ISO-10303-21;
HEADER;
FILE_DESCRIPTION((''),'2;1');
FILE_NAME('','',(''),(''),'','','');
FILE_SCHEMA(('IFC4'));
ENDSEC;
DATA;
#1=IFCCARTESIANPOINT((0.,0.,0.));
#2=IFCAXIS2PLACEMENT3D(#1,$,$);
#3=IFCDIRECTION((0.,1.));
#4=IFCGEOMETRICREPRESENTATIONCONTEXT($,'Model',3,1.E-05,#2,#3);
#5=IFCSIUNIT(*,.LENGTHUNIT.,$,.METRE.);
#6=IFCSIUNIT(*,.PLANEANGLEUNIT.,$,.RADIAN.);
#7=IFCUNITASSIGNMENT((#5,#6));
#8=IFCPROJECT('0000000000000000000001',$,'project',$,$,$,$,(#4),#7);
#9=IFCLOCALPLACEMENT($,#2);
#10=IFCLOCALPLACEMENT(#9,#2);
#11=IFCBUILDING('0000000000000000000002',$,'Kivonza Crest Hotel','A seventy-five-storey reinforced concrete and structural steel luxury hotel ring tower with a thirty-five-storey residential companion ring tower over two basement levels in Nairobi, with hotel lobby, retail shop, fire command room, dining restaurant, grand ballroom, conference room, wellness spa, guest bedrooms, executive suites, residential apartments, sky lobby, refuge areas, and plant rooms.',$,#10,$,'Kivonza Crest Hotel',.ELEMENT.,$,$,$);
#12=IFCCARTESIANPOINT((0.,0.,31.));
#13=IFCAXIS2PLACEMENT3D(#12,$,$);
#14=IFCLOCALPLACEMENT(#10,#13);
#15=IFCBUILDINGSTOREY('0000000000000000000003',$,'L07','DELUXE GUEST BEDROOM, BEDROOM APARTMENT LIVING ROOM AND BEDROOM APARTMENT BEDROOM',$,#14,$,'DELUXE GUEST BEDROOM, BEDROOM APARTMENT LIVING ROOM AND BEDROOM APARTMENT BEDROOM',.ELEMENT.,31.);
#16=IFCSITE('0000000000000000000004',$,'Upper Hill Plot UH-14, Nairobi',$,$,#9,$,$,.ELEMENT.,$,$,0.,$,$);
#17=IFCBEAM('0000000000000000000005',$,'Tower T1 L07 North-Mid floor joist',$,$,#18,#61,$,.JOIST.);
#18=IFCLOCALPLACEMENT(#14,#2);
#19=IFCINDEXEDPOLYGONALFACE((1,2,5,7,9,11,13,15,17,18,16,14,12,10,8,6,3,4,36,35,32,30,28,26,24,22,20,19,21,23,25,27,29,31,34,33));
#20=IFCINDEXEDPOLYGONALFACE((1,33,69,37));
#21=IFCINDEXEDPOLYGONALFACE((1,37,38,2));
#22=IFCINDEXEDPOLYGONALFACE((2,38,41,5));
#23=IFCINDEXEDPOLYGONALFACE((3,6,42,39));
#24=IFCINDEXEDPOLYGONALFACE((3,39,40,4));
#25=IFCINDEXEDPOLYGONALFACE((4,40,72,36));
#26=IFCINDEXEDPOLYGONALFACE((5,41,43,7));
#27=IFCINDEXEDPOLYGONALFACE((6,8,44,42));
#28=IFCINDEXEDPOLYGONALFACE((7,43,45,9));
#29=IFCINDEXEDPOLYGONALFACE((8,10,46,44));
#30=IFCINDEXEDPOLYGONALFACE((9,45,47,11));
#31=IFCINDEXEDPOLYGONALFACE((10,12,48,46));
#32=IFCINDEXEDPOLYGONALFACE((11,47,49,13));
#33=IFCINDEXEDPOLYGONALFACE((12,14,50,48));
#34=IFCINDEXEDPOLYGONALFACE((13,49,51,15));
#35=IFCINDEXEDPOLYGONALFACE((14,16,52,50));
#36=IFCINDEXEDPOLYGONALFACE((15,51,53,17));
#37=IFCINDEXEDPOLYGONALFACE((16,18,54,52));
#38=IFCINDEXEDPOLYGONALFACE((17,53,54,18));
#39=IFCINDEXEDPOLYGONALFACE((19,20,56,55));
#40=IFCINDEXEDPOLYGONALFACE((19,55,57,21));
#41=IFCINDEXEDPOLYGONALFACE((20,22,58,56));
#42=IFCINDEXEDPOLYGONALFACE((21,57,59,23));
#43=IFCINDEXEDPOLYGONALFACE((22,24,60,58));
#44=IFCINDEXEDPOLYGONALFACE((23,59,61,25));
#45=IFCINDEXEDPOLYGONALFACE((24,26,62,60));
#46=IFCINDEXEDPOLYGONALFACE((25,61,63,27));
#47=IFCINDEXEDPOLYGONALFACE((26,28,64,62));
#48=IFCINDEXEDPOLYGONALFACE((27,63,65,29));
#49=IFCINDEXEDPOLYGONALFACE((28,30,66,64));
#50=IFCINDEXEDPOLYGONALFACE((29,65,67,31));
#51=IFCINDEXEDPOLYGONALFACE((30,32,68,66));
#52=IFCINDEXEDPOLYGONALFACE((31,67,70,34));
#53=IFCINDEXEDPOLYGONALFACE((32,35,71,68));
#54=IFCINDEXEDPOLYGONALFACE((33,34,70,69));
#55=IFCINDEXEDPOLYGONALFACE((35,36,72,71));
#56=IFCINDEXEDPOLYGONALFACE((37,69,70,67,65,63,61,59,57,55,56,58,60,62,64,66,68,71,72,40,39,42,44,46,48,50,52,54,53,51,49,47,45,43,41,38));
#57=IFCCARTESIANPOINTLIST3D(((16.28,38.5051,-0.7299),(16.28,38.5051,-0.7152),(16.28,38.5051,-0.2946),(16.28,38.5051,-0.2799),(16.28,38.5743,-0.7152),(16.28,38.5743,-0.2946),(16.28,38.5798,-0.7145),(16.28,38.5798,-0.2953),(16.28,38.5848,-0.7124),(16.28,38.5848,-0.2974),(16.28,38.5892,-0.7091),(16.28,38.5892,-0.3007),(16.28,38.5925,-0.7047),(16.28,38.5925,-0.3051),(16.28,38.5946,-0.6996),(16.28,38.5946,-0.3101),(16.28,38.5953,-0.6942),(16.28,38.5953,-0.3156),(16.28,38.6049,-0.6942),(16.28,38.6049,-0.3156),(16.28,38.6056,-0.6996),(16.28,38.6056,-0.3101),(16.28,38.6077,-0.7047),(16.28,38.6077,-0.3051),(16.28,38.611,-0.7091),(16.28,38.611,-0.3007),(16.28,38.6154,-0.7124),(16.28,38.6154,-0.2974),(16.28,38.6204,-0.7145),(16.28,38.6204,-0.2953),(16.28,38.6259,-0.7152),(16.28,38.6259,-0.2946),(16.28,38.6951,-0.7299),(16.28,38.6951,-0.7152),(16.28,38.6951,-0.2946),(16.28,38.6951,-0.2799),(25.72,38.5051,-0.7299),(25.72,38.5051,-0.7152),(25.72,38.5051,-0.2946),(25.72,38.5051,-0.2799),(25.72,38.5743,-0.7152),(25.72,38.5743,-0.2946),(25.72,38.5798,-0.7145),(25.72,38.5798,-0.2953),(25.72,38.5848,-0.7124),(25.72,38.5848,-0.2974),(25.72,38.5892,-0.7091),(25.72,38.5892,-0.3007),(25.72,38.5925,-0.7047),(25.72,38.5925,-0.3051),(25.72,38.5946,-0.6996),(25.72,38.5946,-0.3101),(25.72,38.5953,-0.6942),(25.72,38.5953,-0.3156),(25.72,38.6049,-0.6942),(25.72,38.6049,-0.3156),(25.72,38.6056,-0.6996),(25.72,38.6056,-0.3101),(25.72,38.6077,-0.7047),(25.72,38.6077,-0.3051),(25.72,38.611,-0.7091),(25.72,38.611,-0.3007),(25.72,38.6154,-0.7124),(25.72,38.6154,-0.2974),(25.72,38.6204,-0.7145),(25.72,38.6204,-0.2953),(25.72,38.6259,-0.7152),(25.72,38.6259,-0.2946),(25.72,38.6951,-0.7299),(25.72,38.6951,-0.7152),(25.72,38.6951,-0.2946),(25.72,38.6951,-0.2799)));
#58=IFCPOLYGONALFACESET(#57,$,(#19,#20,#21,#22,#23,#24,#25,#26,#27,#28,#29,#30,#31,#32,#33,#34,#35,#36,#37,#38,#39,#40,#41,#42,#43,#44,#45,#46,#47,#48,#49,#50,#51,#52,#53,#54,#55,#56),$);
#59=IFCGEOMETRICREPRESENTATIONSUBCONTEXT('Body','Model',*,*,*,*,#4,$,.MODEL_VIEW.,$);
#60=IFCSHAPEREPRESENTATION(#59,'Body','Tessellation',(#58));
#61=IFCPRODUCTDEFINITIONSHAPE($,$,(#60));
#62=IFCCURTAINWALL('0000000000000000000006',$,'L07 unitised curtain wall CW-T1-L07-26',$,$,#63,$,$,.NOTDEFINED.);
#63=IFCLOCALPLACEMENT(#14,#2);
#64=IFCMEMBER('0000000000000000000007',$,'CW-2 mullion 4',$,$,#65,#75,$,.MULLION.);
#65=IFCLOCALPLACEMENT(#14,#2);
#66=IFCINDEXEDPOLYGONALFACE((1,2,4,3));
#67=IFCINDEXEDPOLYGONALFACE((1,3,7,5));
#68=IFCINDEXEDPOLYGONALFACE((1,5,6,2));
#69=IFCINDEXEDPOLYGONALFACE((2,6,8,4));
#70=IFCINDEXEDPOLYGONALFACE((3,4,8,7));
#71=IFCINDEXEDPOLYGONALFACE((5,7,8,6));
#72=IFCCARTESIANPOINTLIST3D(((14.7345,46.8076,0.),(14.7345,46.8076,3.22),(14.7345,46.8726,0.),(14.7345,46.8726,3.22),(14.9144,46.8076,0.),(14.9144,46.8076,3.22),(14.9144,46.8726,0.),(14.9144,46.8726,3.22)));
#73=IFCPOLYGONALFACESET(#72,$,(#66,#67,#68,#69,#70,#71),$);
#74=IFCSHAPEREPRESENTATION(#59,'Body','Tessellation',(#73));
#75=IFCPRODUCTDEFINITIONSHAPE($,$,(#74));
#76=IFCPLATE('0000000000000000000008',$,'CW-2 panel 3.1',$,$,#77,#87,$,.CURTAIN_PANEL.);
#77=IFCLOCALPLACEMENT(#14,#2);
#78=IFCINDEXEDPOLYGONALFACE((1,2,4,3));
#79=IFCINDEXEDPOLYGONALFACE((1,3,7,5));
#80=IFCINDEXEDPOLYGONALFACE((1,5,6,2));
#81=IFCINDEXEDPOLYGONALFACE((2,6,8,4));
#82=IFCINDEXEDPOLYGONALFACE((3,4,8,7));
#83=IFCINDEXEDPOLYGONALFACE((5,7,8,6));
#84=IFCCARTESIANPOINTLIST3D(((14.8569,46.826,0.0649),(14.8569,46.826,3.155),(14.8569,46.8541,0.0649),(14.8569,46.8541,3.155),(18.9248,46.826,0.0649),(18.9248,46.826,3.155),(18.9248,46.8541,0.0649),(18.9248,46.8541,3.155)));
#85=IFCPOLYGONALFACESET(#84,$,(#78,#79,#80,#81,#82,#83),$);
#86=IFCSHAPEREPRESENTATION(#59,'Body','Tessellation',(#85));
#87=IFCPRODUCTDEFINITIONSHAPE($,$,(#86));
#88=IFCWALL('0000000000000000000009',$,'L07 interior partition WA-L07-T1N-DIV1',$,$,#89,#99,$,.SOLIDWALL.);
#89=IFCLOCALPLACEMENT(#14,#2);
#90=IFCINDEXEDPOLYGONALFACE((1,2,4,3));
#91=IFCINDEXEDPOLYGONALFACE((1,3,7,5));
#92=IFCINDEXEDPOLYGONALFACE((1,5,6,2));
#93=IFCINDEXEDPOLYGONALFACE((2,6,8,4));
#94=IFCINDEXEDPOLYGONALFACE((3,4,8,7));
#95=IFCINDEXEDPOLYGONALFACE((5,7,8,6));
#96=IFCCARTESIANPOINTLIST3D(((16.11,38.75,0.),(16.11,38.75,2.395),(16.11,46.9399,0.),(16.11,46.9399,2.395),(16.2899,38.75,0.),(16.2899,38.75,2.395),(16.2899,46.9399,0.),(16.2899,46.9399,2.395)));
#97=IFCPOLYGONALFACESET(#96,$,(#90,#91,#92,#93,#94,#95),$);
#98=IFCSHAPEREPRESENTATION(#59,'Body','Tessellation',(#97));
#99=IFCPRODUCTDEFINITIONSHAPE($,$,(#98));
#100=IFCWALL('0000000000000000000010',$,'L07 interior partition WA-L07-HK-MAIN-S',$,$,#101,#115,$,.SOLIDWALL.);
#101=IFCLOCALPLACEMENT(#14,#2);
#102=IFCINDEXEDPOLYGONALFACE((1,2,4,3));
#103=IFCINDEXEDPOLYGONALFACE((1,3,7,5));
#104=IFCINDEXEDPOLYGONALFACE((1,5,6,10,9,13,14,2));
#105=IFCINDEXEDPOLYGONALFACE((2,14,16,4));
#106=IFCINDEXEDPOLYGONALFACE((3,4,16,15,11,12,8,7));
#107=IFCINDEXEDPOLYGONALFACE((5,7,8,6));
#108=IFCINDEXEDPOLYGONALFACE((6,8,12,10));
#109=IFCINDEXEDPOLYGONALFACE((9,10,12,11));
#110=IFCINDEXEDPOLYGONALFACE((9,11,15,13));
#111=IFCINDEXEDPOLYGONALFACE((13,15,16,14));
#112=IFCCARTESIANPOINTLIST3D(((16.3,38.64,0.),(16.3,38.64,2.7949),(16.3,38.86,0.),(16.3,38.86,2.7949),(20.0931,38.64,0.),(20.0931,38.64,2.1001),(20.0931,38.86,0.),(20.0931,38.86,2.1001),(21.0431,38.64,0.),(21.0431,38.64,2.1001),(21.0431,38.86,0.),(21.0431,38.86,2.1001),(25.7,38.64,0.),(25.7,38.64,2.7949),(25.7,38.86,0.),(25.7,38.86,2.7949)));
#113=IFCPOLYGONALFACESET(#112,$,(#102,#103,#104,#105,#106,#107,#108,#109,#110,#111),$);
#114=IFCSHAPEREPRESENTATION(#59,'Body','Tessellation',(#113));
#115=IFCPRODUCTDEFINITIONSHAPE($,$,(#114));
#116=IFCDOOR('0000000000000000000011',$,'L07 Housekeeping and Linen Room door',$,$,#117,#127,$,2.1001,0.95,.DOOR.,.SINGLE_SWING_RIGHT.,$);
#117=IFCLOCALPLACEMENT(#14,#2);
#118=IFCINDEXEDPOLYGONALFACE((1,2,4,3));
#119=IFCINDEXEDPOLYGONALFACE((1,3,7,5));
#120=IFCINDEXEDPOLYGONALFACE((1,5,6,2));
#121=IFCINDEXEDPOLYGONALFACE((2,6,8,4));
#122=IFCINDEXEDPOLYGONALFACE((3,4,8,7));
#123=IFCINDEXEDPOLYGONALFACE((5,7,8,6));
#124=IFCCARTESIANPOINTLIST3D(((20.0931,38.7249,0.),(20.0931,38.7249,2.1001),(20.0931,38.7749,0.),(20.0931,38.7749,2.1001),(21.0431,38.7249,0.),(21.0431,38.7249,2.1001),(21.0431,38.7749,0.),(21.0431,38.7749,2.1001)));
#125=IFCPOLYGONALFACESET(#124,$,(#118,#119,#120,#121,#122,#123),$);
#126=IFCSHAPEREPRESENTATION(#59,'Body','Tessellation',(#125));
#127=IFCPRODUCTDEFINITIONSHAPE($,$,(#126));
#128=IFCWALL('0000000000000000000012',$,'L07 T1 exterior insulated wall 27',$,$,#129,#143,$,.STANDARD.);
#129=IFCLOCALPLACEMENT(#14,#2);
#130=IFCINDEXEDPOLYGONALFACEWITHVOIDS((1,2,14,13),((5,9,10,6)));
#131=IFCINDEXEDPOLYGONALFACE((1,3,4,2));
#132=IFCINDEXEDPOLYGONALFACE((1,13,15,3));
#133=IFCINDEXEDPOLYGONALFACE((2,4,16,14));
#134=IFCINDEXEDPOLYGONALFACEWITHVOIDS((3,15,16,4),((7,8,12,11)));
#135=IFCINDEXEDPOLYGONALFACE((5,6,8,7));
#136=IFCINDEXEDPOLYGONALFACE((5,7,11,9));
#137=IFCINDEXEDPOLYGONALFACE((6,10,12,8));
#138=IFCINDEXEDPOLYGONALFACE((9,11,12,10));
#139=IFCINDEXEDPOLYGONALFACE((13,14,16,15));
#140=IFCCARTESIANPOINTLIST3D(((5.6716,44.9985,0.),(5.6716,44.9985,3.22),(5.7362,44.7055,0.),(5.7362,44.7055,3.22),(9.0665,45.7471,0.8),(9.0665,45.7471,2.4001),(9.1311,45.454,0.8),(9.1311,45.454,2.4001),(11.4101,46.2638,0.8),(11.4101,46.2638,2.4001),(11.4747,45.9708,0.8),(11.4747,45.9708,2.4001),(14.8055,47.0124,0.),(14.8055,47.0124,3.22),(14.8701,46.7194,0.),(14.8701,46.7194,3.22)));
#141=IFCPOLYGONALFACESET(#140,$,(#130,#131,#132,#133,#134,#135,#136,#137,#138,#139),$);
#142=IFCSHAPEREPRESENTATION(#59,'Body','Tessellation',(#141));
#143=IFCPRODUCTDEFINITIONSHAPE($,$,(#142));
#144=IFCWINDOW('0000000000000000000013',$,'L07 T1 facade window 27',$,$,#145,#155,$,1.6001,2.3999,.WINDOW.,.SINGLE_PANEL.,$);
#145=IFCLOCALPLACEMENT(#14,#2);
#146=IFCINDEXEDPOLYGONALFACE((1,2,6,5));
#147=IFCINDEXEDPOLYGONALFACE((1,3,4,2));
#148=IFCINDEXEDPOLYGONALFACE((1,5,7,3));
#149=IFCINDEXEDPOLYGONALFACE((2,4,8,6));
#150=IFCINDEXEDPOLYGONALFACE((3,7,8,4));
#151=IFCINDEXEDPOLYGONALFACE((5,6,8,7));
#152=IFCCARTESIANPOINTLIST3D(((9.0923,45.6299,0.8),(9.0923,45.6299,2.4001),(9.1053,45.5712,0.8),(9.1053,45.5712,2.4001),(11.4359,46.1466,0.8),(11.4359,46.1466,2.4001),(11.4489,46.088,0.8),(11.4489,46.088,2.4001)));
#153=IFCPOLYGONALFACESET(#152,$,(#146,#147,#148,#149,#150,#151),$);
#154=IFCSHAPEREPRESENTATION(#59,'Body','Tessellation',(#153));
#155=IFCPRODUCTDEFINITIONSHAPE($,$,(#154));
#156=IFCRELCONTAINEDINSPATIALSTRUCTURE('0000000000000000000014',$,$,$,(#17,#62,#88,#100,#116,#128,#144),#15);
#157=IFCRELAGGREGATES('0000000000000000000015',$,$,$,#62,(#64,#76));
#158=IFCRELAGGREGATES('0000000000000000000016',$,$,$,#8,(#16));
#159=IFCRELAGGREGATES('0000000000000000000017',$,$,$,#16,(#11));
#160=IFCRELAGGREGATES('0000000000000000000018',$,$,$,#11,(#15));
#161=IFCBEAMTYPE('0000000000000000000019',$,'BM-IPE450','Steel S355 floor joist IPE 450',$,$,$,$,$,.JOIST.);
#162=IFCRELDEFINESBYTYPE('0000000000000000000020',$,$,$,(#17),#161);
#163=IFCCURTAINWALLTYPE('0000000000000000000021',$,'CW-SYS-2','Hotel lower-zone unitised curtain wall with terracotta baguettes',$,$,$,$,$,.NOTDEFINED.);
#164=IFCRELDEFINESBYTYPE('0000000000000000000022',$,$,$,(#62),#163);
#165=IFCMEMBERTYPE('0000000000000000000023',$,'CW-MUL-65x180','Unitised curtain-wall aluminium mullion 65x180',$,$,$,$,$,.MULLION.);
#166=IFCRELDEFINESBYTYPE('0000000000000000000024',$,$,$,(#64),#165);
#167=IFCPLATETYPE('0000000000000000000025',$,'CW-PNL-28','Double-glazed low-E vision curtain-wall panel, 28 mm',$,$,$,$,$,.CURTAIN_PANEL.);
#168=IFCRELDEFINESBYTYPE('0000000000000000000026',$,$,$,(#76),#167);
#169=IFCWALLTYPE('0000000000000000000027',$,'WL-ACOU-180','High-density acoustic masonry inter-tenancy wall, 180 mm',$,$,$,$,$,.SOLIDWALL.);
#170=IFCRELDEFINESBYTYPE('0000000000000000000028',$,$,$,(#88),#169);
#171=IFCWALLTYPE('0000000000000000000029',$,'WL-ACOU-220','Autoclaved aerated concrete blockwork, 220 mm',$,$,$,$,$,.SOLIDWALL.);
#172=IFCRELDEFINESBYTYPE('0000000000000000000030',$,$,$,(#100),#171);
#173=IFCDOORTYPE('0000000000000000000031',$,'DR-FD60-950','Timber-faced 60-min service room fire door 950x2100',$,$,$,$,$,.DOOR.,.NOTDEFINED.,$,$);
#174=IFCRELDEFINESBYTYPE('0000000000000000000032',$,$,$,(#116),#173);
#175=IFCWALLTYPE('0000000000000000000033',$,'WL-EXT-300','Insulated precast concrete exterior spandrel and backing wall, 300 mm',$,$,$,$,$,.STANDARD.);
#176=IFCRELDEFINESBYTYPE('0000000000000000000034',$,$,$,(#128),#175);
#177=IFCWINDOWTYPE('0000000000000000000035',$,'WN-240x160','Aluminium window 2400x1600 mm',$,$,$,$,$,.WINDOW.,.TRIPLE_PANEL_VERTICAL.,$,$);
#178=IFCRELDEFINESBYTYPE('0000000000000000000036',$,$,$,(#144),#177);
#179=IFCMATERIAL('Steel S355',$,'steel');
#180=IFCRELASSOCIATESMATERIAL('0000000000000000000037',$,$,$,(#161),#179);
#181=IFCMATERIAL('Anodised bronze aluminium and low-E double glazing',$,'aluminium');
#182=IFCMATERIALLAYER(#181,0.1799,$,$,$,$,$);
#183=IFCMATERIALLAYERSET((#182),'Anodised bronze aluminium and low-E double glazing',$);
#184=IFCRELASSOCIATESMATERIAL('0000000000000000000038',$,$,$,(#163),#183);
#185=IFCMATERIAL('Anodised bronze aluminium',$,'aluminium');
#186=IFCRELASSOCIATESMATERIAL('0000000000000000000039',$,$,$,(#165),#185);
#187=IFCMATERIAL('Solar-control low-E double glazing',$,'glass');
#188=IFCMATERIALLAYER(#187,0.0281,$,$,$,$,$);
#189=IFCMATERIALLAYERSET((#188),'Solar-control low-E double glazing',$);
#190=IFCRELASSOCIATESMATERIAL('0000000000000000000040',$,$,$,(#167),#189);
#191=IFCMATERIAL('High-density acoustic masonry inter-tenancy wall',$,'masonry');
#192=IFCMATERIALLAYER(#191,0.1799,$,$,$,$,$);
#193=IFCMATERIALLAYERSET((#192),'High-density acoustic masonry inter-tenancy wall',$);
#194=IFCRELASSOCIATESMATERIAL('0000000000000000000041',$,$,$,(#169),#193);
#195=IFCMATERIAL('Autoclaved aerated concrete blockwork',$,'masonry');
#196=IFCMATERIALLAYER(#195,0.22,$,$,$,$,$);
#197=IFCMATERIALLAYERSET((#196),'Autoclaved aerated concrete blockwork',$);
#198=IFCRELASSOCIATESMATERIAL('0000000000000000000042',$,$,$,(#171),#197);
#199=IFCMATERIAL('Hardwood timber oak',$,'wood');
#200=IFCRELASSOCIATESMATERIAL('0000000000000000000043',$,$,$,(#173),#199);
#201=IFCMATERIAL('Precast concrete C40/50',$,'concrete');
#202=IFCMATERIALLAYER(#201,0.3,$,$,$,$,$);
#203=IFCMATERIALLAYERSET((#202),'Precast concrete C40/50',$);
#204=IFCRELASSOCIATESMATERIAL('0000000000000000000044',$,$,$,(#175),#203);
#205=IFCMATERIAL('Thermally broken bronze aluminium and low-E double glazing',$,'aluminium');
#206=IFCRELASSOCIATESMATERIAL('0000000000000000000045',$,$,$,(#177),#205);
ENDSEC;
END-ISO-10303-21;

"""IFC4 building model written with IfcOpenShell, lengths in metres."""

from ifc_helpers import new_model, si_unit, direction, frame, frame_2d, origin, origin_2d, place, context, subcontext, project, spatial, rectangle, i_section, extrude, material, layer, layer_set, material_profile, profile_set, type_object, element, fill, aggregate, save


model = new_model("IFC4")

# Units and contexts
model_context = context("Model", 3, precision=1e-05, world=origin(), true_north=direction((0.0, 1.0)))
body_context = subcontext(model_context, "Body", "Model", "MODEL_VIEW")
ifc_project = project(units=[si_unit("LENGTHUNIT", "METRE"), si_unit("PLANEANGLEUNIT", "RADIAN")], contexts=[model_context])

# Site, building, storey
site_placement = place(None, origin())
site = spatial("IfcSite", under=ifc_project, at=site_placement, Name="Upper Hill Plot UH-14, Nairobi", CompositionType="ELEMENT", RefElevation=0.0)
building_placement = place(site_placement, origin())
building = spatial("IfcBuilding", under=site, at=building_placement, Name="Kivonza Crest Hotel", Description="A seventy-five-storey reinforced concrete and structural steel luxury hotel ring tower with a thirty-five-storey residential companion ring tower over two basement levels in Nairobi, with hotel lobby, retail shop, fire command room, dining restaurant, grand ballroom, conference room, wellness spa, guest bedrooms, executive suites, residential apartments, sky lobby, refuge areas, and plant rooms.", LongName="Kivonza Crest Hotel", CompositionType="ELEMENT")
storey_placement = place(building_placement, frame((0.0, 0.0, 31.0)))
storey = spatial("IfcBuildingStorey", under=building, at=storey_placement, Name="L07", Description="DELUXE GUEST BEDROOM, BEDROOM APARTMENT LIVING ROOM AND BEDROOM APARTMENT BEDROOM", LongName="DELUXE GUEST BEDROOM, BEDROOM APARTMENT LIVING ROOM AND BEDROOM APARTMENT BEDROOM", CompositionType="ELEMENT", Elevation=31.0)

# Beam
ifc_material_1 = material(Name="Steel S355", Category="steel")
ifc_material_profile_1 = material_profile(ifc_material_1, i_section(OverallWidth=0.1899, OverallDepth=0.45, WebThickness=0.0095, FlangeThickness=0.0146, FilletRadius=0.021, at=origin_2d()), Name="IPE 450")
ifc_profile_set_1 = profile_set([ifc_material_profile_1], Name="Steel S355")
beam_type_1 = type_object("IfcBeamType", Name="BM-IPE450", Description="Steel S355 floor joist IPE 450", PredefinedType="JOIST", material=ifc_profile_set_1)
beam_1_placement = place(storey_placement, frame((16.28, 38.6001, -0.5049), z_axis=(1.0, 0.0, 0.0), x_axis=(0.0, 1.0, 0.0)))
element("IfcBeam", 1, at=beam_1_placement, inside=storey, type_object=beam_type_1, Name="Tower T1 L07 North-Mid floor joist", PredefinedType="JOIST", context=body_context, shape_type="SweptSolid", body=[
    extrude(i_section(OverallWidth=0.1899, OverallDepth=0.45, WebThickness=0.0095, FlangeThickness=0.0146, FilletRadius=0.021, at=origin_2d()), origin(), (0.0, 0.0, 1.0), 9.4399),
])

# Curtain wall, member, plate
ifc_material_2 = material(Name="Anodised bronze aluminium and low-E double glazing", Category="aluminium")
ifc_layer_1 = layer(ifc_material_2, 0.1799)
ifc_layer_set_1 = layer_set([ifc_layer_1], Name="Anodised bronze aluminium and low-E double glazing")
curtain_wall_type = type_object("IfcCurtainWallType", Name="CW-SYS-2", Description="Hotel lower-zone unitised curtain wall with terracotta baguettes", PredefinedType="NOTDEFINED", material=ifc_layer_set_1)
curtain_wall_placement = place(storey_placement, origin())
curtain_wall = element("IfcCurtainWall", 2, at=curtain_wall_placement, inside=storey, type_object=curtain_wall_type, Name="L07 unitised curtain wall CW-T1-L07-26", PredefinedType="NOTDEFINED")
ifc_material_3 = material(Name="Anodised bronze aluminium", Category="aluminium")
ifc_material_profile_2 = material_profile(ifc_material_3, rectangle(XDim=0.0649, YDim=0.1799, at=origin_2d()), Name="CW-M 65x180")
ifc_profile_set_2 = profile_set([ifc_material_profile_2], Name="Anodised bronze aluminium")
member_type = type_object("IfcMemberType", Name="CW-MUL-65x180", Description="Unitised curtain-wall aluminium mullion 65x180", PredefinedType="MULLION", material=ifc_profile_set_2)
member_placement = place(storey_placement, frame((14.8245, 46.8401, 0.0), z_axis=(0.0, 0.0, 1.0), x_axis=(0.0, -1.0, 0.0)))
member = element("IfcMember", 3, at=member_placement, type_object=member_type, Name="CW-2 mullion 4", PredefinedType="MULLION", context=body_context, shape_type="SweptSolid", body=[
    extrude(rectangle(XDim=0.0649, YDim=0.1799, at=origin_2d()), origin(), (0.0, 0.0, 1.0), 3.22),
])
ifc_material_4 = material(Name="Solar-control low-E double glazing", Category="glass")
ifc_layer_2 = layer(ifc_material_4, 0.0281)
ifc_layer_set_2 = layer_set([ifc_layer_2], Name="Solar-control low-E double glazing")
plate_type = type_object("IfcPlateType", Name="CW-PNL-28", Description="Double-glazed low-E vision curtain-wall panel, 28 mm", PredefinedType="CURTAIN_PANEL", material=ifc_layer_set_2)
plate_placement = place(storey_placement, frame((16.8909, 46.8401, 0.0649), z_axis=(0.0, 0.0, 1.0), x_axis=(-1.0, 0.0, 0.0)))
plate = element("IfcPlate", 4, at=plate_placement, type_object=plate_type, Name="CW-2 panel 3.1", PredefinedType="CURTAIN_PANEL", context=body_context, shape_type="SweptSolid", body=[
    extrude(rectangle(XDim=4.0679, YDim=0.0281, at=origin_2d()), origin(), (0.0, 0.0, 1.0), 3.0901),
])
aggregate(curtain_wall, [member, plate])

# Wall
ifc_material_5 = material(Name="High-density acoustic masonry inter-tenancy wall", Category="masonry")
ifc_layer_3 = layer(ifc_material_5, 0.1799)
ifc_layer_set_3 = layer_set([ifc_layer_3], Name="High-density acoustic masonry inter-tenancy wall")
wall_type_1 = type_object("IfcWallType", Name="WL-ACOU-180", Description="High-density acoustic masonry inter-tenancy wall, 180 mm", PredefinedType="SOLIDWALL", material=ifc_layer_set_3)
wall_1_placement = place(storey_placement, frame((16.2, 38.75, 0.0), z_axis=(0.0, 0.0, 1.0), x_axis=(0.0, 1.0, 0.0)))
element("IfcWall", 5, at=wall_1_placement, inside=storey, type_object=wall_type_1, Name="L07 interior partition WA-L07-T1N-DIV1", PredefinedType="SOLIDWALL", context=body_context, shape_type="SweptSolid", body=[
    extrude(rectangle(XDim=8.1899, YDim=0.1799, at=frame_2d((4.095, 0.0))), origin(), (0.0, 0.0, 1.0), 2.395),
])

# Wall, opening, door
ifc_material_6 = material(Name="Autoclaved aerated concrete blockwork", Category="masonry")
ifc_layer_4 = layer(ifc_material_6, 0.22)
ifc_layer_set_4 = layer_set([ifc_layer_4], Name="Autoclaved aerated concrete blockwork")
wall_type_2 = type_object("IfcWallType", Name="WL-ACOU-220", Description="Autoclaved aerated concrete blockwork, 220 mm", PredefinedType="SOLIDWALL", material=ifc_layer_set_4)
wall_2_placement = place(storey_placement, frame((16.3, 38.75, 0.0), z_axis=(0.0, 0.0, 1.0), x_axis=(1.0, 0.0, 0.0)))
wall_2 = element("IfcWall", 6, at=wall_2_placement, inside=storey, type_object=wall_type_2, Name="L07 interior partition WA-L07-HK-MAIN-S", PredefinedType="SOLIDWALL", context=body_context, shape_type="SweptSolid", body=[
    extrude(rectangle(XDim=9.3999, YDim=0.22, at=frame_2d((4.7, 0.0))), origin(), (0.0, 0.0, 1.0), 2.7949),
])
opening_1_placement = place(wall_2_placement, frame((3.793, 0.0, 0.0)))
opening_1 = element("IfcOpeningElement", 7, at=opening_1_placement, cuts=wall_2, PredefinedType="OPENING", context=body_context, shape_type="SweptSolid", body=[
    extrude(rectangle(XDim=0.95, YDim=2.1001, at=frame_2d((0.4751, 1.05))), frame((0.0, 0.1201, 0.0), z_axis=(0.0, -1.0, 0.0), x_axis=(1.0, 0.0, 0.0)), (0.0, 0.0, 1.0), 0.24),
])
ifc_material_7 = material(Name="Hardwood timber oak", Category="wood")
door_type = type_object("IfcDoorType", Name="DR-FD60-950", Description="Timber-faced 60-min service room fire door 950x2100", OperationType="NOTDEFINED", PredefinedType="DOOR", material=ifc_material_7)
door_placement = place(opening_1_placement, origin())
door = element("IfcDoor", 8, at=door_placement, inside=storey, type_object=door_type, Name="L07 Housekeeping and Linen Room door", OperationType="SINGLE_SWING_RIGHT", OverallHeight=2.1001, OverallWidth=0.95, PredefinedType="DOOR", context=body_context, shape_type="SweptSolid", body=[
    extrude(rectangle(XDim=0.95, YDim=2.1001, at=frame_2d((0.4751, 1.05))), frame((0.0, 0.0249, 0.0), z_axis=(0.0, -1.0, 0.0), x_axis=(1.0, 0.0, 0.0)), (0.0, 0.0, 1.0), 0.05),
])
fill(opening_1, door)

# Wall, opening, window
ifc_material_8 = material(Name="Precast concrete C40/50", Category="concrete")
ifc_layer_5 = layer(ifc_material_8, 0.3)
ifc_layer_set_5 = layer_set([ifc_layer_5], Name="Precast concrete C40/50")
wall_type_3 = type_object("IfcWallType", Name="WL-EXT-300", Description="Insulated precast concrete exterior spandrel and backing wall, 300 mm", PredefinedType="STANDARD", material=ifc_layer_set_5)
wall_3_placement = place(storey_placement, frame((14.8379, 46.866, 0.0), z_axis=(0.0, 0.0, 1.0), x_axis=(-0.976544, -0.215319, 0.0)))
wall_3 = element("IfcWall", 9, at=wall_3_placement, inside=storey, type_object=wall_type_3, Name="L07 T1 exterior insulated wall 27", PredefinedType="STANDARD", context=body_context, shape_type="SweptSolid", body=[
    extrude(rectangle(XDim=9.3533, YDim=0.3, at=frame_2d((4.6768, 0.0))), origin(), (0.0, 0.0, 1.0), 3.22),
])
opening_2_placement = place(wall_3_placement, frame((3.4771, 0.0, 0.8)))
opening_2 = element("IfcOpeningElement", 10, at=opening_2_placement, cuts=wall_3, PredefinedType="OPENING", context=body_context, shape_type="SweptSolid", body=[
    extrude(rectangle(XDim=2.3999, YDim=1.6001, at=frame_2d((1.2, 0.8))), frame((0.0, 0.1602, 0.0), z_axis=(0.0, -1.0, 0.0), x_axis=(1.0, 0.0, 0.0)), (0.0, 0.0, 1.0), 0.3201),
])
ifc_material_9 = material(Name="Thermally broken bronze aluminium and low-E double glazing", Category="aluminium")
window_type = type_object("IfcWindowType", Name="WN-240x160", Description="Aluminium window 2400x1600 mm", PartitioningType="TRIPLE_PANEL_VERTICAL", PredefinedType="WINDOW", material=ifc_material_9)
window_placement = place(opening_2_placement, origin())
window = element("IfcWindow", 11, at=window_placement, inside=storey, type_object=window_type, Name="L07 T1 facade window 27", OverallHeight=1.6001, OverallWidth=2.3999, PartitioningType="SINGLE_PANEL", PredefinedType="WINDOW", context=body_context, shape_type="SweptSolid", body=[
    extrude(rectangle(XDim=2.3999, YDim=1.6001, at=frame_2d((1.2, 0.8))), frame((0.0, 0.03, 0.0), z_axis=(0.0, -1.0, 0.0), x_axis=(1.0, 0.0, 0.0)), (0.0, 0.0, 1.0), 0.0601),
])
fill(opening_2, window)

save(model, "model.ifc")
